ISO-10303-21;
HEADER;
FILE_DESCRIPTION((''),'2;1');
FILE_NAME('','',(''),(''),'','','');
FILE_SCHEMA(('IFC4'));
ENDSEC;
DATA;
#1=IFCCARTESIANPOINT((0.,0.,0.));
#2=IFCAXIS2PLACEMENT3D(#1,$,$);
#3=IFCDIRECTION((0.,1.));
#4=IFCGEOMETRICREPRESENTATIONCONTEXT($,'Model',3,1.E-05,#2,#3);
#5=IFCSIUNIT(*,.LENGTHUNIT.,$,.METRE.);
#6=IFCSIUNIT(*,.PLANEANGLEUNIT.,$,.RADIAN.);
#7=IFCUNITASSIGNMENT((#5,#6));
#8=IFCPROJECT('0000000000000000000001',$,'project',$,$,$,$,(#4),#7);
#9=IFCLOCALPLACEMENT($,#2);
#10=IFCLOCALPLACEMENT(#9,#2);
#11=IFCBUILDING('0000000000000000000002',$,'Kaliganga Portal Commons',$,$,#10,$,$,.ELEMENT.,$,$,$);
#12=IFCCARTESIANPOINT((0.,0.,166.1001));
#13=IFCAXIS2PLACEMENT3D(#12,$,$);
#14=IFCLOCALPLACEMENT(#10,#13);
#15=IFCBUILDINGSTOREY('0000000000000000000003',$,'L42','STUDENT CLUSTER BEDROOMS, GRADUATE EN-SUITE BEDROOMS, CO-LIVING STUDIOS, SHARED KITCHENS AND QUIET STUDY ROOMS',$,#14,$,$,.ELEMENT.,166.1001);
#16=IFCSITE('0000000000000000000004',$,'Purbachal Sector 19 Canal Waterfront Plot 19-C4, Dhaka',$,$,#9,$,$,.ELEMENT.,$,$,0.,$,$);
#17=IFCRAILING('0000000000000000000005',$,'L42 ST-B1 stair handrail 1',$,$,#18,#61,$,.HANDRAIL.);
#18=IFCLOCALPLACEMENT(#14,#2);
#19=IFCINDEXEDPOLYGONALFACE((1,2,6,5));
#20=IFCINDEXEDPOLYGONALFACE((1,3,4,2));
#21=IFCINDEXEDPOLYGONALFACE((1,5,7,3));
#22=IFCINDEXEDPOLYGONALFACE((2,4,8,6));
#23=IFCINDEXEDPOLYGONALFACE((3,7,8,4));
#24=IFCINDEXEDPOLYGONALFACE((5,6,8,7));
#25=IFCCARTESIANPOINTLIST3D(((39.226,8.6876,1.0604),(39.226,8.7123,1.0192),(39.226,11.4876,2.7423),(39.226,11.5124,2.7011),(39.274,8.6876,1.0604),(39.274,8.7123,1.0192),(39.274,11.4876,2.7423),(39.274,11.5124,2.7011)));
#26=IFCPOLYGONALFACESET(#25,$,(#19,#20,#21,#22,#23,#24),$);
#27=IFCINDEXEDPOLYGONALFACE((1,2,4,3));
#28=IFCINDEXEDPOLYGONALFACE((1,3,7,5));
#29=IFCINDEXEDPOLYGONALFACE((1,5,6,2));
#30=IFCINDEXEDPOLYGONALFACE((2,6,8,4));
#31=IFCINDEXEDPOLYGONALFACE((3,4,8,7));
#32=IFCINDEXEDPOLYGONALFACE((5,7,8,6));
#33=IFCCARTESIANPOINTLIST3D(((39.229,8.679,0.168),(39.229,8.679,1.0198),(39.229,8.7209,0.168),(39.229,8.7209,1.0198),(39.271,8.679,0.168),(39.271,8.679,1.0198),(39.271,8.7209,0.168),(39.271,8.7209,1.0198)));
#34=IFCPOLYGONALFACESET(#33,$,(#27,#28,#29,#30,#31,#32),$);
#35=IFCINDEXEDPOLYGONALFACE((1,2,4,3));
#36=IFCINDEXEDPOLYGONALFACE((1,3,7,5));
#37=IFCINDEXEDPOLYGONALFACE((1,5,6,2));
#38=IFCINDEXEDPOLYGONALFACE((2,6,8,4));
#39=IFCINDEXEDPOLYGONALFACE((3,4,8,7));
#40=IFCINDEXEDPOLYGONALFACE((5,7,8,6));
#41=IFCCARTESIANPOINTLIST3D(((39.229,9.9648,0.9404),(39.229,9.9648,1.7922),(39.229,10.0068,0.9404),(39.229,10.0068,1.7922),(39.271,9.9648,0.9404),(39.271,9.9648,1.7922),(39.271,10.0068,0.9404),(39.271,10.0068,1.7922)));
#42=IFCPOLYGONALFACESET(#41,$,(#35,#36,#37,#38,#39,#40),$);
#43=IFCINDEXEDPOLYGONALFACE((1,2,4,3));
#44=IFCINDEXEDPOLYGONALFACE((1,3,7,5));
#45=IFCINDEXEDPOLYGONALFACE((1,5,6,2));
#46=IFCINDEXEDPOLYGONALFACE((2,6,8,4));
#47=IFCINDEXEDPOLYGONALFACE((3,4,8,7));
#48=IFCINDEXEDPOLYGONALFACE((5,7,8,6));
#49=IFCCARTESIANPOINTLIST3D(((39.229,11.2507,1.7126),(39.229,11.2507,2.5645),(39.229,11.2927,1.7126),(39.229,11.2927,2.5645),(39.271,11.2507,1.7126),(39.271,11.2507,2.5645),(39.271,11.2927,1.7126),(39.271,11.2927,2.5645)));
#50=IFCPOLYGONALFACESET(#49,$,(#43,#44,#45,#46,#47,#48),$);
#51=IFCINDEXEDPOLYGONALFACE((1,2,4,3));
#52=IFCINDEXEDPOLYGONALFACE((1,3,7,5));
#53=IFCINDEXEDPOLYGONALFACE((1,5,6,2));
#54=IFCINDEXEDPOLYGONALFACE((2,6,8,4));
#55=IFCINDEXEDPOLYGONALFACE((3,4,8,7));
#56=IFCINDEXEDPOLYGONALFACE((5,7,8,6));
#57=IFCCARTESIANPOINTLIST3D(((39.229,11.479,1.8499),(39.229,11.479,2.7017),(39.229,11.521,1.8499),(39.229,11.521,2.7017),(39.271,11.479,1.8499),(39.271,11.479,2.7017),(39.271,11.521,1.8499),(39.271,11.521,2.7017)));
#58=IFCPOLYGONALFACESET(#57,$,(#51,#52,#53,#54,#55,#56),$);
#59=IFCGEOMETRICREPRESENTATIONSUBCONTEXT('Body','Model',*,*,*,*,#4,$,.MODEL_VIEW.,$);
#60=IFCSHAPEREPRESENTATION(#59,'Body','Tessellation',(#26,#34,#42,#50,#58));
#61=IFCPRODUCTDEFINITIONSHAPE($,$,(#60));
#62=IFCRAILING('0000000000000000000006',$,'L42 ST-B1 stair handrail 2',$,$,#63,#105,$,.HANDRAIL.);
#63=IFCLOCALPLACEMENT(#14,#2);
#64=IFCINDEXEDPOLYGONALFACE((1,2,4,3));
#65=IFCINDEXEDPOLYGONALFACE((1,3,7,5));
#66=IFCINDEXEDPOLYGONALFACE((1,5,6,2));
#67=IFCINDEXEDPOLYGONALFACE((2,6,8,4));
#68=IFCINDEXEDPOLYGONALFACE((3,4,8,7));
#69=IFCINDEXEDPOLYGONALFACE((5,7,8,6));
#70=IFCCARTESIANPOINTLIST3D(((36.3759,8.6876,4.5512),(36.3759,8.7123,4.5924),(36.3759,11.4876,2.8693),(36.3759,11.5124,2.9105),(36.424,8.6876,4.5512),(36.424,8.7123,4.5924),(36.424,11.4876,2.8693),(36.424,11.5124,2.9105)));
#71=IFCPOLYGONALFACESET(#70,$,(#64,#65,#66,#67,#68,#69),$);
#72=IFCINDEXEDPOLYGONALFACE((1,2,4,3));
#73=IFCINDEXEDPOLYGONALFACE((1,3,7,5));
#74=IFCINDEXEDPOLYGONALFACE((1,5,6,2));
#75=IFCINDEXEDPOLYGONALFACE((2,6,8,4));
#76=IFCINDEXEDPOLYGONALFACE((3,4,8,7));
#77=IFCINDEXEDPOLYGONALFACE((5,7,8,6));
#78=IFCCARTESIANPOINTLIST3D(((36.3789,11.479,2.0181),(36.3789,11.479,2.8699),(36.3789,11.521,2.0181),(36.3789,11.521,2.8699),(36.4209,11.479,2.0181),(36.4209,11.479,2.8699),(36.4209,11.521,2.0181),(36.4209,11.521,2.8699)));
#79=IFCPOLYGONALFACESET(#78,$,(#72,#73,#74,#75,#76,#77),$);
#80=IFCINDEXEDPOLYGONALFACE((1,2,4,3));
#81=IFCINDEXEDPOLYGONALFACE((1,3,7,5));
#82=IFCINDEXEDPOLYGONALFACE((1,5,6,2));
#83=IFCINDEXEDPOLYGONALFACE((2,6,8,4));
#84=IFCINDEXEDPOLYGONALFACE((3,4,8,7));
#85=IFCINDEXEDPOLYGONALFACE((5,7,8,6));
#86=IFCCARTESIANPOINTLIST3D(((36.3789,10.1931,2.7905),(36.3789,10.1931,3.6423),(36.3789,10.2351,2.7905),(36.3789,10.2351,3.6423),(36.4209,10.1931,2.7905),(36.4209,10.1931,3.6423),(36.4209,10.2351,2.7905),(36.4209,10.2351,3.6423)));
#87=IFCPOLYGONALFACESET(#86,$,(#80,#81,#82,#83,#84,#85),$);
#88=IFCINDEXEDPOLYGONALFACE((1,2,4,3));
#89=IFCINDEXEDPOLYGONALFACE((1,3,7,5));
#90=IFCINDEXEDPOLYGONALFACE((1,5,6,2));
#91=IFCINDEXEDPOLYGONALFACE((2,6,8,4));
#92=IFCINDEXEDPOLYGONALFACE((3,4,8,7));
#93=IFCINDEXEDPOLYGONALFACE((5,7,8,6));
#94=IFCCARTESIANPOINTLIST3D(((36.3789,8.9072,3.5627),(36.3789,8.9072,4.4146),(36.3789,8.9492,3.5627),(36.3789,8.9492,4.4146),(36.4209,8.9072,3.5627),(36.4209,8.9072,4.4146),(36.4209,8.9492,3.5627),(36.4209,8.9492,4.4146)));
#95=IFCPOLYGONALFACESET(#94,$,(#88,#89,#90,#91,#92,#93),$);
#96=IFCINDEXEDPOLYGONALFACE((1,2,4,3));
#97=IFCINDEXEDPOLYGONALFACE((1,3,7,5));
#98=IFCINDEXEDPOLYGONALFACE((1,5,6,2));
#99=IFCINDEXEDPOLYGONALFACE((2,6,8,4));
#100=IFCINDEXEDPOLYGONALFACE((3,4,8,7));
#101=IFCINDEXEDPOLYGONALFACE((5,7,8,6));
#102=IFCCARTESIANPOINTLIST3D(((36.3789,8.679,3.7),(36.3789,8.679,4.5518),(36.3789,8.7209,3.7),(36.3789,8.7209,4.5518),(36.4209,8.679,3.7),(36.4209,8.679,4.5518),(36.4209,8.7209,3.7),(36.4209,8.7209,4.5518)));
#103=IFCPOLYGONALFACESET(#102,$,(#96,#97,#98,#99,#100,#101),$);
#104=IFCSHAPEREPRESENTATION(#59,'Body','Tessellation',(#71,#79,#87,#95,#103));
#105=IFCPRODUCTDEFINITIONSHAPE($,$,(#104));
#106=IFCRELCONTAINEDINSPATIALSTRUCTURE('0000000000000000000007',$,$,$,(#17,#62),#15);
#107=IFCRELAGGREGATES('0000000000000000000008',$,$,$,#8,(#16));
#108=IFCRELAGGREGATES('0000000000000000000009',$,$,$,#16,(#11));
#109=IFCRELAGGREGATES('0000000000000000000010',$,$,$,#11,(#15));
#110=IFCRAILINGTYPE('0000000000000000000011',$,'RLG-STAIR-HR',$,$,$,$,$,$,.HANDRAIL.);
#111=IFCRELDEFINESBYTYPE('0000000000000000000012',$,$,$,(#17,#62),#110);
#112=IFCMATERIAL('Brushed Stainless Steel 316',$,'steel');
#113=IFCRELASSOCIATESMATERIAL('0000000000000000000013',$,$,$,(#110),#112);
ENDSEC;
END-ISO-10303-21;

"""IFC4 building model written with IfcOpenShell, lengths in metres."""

from ifc_helpers import new_model, si_unit, direction, frame, origin, origin_2d, place, context, subcontext, project, spatial, rectangle, extrude, material, type_object, element, save


model = new_model("IFC4")

# Units and contexts
model_context = context("Model", 3, precision=1e-05, world=origin(), true_north=direction((0.0, 1.0)))
body_context = subcontext(model_context, "Body", "Model", "MODEL_VIEW")
ifc_project = project(units=[si_unit("LENGTHUNIT", "METRE"), si_unit("PLANEANGLEUNIT", "RADIAN")], contexts=[model_context])

# Site, building, storey
site_placement = place(None, origin())
site = spatial("IfcSite", under=ifc_project, at=site_placement, Name="Purbachal Sector 19 Canal Waterfront Plot 19-C4, Dhaka", CompositionType="ELEMENT", RefElevation=0.0)
building_placement = place(site_placement, origin())
building = spatial("IfcBuilding", under=site, at=building_placement, Name="Kaliganga Portal Commons", CompositionType="ELEMENT")
storey_placement = place(building_placement, frame((0.0, 0.0, 166.1001)))
storey = spatial("IfcBuildingStorey", under=building, at=storey_placement, Name="L42", Description="STUDENT CLUSTER BEDROOMS, GRADUATE EN-SUITE BEDROOMS, CO-LIVING STUDIOS, SHARED KITCHENS AND QUIET STUDY ROOMS", CompositionType="ELEMENT", Elevation=166.1001)

# Railings
ifc_material_1 = material(Name="Brushed Stainless Steel 316", Category="steel")
railing_type_1 = type_object("IfcRailingType", Name="RLG-STAIR-HR", PredefinedType="HANDRAIL", material=ifc_material_1)
railing_1_placement = place(storey_placement, frame((39.25, 8.7, 0.168)))
element("IfcRailing", 1, at=railing_1_placement, inside=storey, type_object=railing_type_1, Name="L42 ST-B1 stair handrail 1", PredefinedType="HANDRAIL", context=body_context, shape_type="SweptSolid", body=[
    extrude(rectangle(XDim=0.0481, YDim=0.0481, at=origin_2d()), frame((0.0, 0.0, 0.8718), z_axis=(0.0, 0.857242, 0.514913), x_axis=(-1.0, 0.0, 0.0)), (0.0, 0.0, 1.0), 3.2664),
    extrude(rectangle(XDim=0.042, YDim=0.042, at=origin_2d()), origin(), (0.0, 0.0, 1.0), 0.8518),
    extrude(rectangle(XDim=0.042, YDim=0.042, at=origin_2d()), frame((0.0, 1.2859, 0.7725)), (0.0, 0.0, 1.0), 0.8518),
    extrude(rectangle(XDim=0.042, YDim=0.042, at=origin_2d()), frame((0.0, 2.5718, 1.5447)), (0.0, 0.0, 1.0), 0.8518),
    extrude(rectangle(XDim=0.042, YDim=0.042, at=origin_2d()), frame((0.0, 2.8, 1.6819)), (0.0, 0.0, 1.0), 0.8518),
])
railing_2_placement = place(storey_placement, frame((36.3999, 11.5, 2.0181)))
element("IfcRailing", 2, at=railing_2_placement, inside=storey, type_object=railing_type_1, Name="L42 ST-B1 stair handrail 2", PredefinedType="HANDRAIL", context=body_context, shape_type="SweptSolid", body=[
    extrude(rectangle(XDim=0.0481, YDim=0.0481, at=origin_2d()), frame((0.0, 0.0, 0.8718), z_axis=(0.0, -0.857242, 0.514913), x_axis=(1.0, 0.0, 0.0)), (0.0, 0.0, 1.0), 3.2664),
    extrude(rectangle(XDim=0.042, YDim=0.042, at=origin_2d()), origin(), (0.0, 0.0, 1.0), 0.8518),
    extrude(rectangle(XDim=0.042, YDim=0.042, at=origin_2d()), frame((0.0, -1.2859, 0.7725)), (0.0, 0.0, 1.0), 0.8518),
    extrude(rectangle(XDim=0.042, YDim=0.042, at=origin_2d()), frame((0.0, -2.5718, 1.5447)), (0.0, 0.0, 1.0), 0.8518),
    extrude(rectangle(XDim=0.042, YDim=0.042, at=origin_2d()), frame((0.0, -2.8, 1.6819)), (0.0, 0.0, 1.0), 0.8518),
])

save(model, "model.ifc")
